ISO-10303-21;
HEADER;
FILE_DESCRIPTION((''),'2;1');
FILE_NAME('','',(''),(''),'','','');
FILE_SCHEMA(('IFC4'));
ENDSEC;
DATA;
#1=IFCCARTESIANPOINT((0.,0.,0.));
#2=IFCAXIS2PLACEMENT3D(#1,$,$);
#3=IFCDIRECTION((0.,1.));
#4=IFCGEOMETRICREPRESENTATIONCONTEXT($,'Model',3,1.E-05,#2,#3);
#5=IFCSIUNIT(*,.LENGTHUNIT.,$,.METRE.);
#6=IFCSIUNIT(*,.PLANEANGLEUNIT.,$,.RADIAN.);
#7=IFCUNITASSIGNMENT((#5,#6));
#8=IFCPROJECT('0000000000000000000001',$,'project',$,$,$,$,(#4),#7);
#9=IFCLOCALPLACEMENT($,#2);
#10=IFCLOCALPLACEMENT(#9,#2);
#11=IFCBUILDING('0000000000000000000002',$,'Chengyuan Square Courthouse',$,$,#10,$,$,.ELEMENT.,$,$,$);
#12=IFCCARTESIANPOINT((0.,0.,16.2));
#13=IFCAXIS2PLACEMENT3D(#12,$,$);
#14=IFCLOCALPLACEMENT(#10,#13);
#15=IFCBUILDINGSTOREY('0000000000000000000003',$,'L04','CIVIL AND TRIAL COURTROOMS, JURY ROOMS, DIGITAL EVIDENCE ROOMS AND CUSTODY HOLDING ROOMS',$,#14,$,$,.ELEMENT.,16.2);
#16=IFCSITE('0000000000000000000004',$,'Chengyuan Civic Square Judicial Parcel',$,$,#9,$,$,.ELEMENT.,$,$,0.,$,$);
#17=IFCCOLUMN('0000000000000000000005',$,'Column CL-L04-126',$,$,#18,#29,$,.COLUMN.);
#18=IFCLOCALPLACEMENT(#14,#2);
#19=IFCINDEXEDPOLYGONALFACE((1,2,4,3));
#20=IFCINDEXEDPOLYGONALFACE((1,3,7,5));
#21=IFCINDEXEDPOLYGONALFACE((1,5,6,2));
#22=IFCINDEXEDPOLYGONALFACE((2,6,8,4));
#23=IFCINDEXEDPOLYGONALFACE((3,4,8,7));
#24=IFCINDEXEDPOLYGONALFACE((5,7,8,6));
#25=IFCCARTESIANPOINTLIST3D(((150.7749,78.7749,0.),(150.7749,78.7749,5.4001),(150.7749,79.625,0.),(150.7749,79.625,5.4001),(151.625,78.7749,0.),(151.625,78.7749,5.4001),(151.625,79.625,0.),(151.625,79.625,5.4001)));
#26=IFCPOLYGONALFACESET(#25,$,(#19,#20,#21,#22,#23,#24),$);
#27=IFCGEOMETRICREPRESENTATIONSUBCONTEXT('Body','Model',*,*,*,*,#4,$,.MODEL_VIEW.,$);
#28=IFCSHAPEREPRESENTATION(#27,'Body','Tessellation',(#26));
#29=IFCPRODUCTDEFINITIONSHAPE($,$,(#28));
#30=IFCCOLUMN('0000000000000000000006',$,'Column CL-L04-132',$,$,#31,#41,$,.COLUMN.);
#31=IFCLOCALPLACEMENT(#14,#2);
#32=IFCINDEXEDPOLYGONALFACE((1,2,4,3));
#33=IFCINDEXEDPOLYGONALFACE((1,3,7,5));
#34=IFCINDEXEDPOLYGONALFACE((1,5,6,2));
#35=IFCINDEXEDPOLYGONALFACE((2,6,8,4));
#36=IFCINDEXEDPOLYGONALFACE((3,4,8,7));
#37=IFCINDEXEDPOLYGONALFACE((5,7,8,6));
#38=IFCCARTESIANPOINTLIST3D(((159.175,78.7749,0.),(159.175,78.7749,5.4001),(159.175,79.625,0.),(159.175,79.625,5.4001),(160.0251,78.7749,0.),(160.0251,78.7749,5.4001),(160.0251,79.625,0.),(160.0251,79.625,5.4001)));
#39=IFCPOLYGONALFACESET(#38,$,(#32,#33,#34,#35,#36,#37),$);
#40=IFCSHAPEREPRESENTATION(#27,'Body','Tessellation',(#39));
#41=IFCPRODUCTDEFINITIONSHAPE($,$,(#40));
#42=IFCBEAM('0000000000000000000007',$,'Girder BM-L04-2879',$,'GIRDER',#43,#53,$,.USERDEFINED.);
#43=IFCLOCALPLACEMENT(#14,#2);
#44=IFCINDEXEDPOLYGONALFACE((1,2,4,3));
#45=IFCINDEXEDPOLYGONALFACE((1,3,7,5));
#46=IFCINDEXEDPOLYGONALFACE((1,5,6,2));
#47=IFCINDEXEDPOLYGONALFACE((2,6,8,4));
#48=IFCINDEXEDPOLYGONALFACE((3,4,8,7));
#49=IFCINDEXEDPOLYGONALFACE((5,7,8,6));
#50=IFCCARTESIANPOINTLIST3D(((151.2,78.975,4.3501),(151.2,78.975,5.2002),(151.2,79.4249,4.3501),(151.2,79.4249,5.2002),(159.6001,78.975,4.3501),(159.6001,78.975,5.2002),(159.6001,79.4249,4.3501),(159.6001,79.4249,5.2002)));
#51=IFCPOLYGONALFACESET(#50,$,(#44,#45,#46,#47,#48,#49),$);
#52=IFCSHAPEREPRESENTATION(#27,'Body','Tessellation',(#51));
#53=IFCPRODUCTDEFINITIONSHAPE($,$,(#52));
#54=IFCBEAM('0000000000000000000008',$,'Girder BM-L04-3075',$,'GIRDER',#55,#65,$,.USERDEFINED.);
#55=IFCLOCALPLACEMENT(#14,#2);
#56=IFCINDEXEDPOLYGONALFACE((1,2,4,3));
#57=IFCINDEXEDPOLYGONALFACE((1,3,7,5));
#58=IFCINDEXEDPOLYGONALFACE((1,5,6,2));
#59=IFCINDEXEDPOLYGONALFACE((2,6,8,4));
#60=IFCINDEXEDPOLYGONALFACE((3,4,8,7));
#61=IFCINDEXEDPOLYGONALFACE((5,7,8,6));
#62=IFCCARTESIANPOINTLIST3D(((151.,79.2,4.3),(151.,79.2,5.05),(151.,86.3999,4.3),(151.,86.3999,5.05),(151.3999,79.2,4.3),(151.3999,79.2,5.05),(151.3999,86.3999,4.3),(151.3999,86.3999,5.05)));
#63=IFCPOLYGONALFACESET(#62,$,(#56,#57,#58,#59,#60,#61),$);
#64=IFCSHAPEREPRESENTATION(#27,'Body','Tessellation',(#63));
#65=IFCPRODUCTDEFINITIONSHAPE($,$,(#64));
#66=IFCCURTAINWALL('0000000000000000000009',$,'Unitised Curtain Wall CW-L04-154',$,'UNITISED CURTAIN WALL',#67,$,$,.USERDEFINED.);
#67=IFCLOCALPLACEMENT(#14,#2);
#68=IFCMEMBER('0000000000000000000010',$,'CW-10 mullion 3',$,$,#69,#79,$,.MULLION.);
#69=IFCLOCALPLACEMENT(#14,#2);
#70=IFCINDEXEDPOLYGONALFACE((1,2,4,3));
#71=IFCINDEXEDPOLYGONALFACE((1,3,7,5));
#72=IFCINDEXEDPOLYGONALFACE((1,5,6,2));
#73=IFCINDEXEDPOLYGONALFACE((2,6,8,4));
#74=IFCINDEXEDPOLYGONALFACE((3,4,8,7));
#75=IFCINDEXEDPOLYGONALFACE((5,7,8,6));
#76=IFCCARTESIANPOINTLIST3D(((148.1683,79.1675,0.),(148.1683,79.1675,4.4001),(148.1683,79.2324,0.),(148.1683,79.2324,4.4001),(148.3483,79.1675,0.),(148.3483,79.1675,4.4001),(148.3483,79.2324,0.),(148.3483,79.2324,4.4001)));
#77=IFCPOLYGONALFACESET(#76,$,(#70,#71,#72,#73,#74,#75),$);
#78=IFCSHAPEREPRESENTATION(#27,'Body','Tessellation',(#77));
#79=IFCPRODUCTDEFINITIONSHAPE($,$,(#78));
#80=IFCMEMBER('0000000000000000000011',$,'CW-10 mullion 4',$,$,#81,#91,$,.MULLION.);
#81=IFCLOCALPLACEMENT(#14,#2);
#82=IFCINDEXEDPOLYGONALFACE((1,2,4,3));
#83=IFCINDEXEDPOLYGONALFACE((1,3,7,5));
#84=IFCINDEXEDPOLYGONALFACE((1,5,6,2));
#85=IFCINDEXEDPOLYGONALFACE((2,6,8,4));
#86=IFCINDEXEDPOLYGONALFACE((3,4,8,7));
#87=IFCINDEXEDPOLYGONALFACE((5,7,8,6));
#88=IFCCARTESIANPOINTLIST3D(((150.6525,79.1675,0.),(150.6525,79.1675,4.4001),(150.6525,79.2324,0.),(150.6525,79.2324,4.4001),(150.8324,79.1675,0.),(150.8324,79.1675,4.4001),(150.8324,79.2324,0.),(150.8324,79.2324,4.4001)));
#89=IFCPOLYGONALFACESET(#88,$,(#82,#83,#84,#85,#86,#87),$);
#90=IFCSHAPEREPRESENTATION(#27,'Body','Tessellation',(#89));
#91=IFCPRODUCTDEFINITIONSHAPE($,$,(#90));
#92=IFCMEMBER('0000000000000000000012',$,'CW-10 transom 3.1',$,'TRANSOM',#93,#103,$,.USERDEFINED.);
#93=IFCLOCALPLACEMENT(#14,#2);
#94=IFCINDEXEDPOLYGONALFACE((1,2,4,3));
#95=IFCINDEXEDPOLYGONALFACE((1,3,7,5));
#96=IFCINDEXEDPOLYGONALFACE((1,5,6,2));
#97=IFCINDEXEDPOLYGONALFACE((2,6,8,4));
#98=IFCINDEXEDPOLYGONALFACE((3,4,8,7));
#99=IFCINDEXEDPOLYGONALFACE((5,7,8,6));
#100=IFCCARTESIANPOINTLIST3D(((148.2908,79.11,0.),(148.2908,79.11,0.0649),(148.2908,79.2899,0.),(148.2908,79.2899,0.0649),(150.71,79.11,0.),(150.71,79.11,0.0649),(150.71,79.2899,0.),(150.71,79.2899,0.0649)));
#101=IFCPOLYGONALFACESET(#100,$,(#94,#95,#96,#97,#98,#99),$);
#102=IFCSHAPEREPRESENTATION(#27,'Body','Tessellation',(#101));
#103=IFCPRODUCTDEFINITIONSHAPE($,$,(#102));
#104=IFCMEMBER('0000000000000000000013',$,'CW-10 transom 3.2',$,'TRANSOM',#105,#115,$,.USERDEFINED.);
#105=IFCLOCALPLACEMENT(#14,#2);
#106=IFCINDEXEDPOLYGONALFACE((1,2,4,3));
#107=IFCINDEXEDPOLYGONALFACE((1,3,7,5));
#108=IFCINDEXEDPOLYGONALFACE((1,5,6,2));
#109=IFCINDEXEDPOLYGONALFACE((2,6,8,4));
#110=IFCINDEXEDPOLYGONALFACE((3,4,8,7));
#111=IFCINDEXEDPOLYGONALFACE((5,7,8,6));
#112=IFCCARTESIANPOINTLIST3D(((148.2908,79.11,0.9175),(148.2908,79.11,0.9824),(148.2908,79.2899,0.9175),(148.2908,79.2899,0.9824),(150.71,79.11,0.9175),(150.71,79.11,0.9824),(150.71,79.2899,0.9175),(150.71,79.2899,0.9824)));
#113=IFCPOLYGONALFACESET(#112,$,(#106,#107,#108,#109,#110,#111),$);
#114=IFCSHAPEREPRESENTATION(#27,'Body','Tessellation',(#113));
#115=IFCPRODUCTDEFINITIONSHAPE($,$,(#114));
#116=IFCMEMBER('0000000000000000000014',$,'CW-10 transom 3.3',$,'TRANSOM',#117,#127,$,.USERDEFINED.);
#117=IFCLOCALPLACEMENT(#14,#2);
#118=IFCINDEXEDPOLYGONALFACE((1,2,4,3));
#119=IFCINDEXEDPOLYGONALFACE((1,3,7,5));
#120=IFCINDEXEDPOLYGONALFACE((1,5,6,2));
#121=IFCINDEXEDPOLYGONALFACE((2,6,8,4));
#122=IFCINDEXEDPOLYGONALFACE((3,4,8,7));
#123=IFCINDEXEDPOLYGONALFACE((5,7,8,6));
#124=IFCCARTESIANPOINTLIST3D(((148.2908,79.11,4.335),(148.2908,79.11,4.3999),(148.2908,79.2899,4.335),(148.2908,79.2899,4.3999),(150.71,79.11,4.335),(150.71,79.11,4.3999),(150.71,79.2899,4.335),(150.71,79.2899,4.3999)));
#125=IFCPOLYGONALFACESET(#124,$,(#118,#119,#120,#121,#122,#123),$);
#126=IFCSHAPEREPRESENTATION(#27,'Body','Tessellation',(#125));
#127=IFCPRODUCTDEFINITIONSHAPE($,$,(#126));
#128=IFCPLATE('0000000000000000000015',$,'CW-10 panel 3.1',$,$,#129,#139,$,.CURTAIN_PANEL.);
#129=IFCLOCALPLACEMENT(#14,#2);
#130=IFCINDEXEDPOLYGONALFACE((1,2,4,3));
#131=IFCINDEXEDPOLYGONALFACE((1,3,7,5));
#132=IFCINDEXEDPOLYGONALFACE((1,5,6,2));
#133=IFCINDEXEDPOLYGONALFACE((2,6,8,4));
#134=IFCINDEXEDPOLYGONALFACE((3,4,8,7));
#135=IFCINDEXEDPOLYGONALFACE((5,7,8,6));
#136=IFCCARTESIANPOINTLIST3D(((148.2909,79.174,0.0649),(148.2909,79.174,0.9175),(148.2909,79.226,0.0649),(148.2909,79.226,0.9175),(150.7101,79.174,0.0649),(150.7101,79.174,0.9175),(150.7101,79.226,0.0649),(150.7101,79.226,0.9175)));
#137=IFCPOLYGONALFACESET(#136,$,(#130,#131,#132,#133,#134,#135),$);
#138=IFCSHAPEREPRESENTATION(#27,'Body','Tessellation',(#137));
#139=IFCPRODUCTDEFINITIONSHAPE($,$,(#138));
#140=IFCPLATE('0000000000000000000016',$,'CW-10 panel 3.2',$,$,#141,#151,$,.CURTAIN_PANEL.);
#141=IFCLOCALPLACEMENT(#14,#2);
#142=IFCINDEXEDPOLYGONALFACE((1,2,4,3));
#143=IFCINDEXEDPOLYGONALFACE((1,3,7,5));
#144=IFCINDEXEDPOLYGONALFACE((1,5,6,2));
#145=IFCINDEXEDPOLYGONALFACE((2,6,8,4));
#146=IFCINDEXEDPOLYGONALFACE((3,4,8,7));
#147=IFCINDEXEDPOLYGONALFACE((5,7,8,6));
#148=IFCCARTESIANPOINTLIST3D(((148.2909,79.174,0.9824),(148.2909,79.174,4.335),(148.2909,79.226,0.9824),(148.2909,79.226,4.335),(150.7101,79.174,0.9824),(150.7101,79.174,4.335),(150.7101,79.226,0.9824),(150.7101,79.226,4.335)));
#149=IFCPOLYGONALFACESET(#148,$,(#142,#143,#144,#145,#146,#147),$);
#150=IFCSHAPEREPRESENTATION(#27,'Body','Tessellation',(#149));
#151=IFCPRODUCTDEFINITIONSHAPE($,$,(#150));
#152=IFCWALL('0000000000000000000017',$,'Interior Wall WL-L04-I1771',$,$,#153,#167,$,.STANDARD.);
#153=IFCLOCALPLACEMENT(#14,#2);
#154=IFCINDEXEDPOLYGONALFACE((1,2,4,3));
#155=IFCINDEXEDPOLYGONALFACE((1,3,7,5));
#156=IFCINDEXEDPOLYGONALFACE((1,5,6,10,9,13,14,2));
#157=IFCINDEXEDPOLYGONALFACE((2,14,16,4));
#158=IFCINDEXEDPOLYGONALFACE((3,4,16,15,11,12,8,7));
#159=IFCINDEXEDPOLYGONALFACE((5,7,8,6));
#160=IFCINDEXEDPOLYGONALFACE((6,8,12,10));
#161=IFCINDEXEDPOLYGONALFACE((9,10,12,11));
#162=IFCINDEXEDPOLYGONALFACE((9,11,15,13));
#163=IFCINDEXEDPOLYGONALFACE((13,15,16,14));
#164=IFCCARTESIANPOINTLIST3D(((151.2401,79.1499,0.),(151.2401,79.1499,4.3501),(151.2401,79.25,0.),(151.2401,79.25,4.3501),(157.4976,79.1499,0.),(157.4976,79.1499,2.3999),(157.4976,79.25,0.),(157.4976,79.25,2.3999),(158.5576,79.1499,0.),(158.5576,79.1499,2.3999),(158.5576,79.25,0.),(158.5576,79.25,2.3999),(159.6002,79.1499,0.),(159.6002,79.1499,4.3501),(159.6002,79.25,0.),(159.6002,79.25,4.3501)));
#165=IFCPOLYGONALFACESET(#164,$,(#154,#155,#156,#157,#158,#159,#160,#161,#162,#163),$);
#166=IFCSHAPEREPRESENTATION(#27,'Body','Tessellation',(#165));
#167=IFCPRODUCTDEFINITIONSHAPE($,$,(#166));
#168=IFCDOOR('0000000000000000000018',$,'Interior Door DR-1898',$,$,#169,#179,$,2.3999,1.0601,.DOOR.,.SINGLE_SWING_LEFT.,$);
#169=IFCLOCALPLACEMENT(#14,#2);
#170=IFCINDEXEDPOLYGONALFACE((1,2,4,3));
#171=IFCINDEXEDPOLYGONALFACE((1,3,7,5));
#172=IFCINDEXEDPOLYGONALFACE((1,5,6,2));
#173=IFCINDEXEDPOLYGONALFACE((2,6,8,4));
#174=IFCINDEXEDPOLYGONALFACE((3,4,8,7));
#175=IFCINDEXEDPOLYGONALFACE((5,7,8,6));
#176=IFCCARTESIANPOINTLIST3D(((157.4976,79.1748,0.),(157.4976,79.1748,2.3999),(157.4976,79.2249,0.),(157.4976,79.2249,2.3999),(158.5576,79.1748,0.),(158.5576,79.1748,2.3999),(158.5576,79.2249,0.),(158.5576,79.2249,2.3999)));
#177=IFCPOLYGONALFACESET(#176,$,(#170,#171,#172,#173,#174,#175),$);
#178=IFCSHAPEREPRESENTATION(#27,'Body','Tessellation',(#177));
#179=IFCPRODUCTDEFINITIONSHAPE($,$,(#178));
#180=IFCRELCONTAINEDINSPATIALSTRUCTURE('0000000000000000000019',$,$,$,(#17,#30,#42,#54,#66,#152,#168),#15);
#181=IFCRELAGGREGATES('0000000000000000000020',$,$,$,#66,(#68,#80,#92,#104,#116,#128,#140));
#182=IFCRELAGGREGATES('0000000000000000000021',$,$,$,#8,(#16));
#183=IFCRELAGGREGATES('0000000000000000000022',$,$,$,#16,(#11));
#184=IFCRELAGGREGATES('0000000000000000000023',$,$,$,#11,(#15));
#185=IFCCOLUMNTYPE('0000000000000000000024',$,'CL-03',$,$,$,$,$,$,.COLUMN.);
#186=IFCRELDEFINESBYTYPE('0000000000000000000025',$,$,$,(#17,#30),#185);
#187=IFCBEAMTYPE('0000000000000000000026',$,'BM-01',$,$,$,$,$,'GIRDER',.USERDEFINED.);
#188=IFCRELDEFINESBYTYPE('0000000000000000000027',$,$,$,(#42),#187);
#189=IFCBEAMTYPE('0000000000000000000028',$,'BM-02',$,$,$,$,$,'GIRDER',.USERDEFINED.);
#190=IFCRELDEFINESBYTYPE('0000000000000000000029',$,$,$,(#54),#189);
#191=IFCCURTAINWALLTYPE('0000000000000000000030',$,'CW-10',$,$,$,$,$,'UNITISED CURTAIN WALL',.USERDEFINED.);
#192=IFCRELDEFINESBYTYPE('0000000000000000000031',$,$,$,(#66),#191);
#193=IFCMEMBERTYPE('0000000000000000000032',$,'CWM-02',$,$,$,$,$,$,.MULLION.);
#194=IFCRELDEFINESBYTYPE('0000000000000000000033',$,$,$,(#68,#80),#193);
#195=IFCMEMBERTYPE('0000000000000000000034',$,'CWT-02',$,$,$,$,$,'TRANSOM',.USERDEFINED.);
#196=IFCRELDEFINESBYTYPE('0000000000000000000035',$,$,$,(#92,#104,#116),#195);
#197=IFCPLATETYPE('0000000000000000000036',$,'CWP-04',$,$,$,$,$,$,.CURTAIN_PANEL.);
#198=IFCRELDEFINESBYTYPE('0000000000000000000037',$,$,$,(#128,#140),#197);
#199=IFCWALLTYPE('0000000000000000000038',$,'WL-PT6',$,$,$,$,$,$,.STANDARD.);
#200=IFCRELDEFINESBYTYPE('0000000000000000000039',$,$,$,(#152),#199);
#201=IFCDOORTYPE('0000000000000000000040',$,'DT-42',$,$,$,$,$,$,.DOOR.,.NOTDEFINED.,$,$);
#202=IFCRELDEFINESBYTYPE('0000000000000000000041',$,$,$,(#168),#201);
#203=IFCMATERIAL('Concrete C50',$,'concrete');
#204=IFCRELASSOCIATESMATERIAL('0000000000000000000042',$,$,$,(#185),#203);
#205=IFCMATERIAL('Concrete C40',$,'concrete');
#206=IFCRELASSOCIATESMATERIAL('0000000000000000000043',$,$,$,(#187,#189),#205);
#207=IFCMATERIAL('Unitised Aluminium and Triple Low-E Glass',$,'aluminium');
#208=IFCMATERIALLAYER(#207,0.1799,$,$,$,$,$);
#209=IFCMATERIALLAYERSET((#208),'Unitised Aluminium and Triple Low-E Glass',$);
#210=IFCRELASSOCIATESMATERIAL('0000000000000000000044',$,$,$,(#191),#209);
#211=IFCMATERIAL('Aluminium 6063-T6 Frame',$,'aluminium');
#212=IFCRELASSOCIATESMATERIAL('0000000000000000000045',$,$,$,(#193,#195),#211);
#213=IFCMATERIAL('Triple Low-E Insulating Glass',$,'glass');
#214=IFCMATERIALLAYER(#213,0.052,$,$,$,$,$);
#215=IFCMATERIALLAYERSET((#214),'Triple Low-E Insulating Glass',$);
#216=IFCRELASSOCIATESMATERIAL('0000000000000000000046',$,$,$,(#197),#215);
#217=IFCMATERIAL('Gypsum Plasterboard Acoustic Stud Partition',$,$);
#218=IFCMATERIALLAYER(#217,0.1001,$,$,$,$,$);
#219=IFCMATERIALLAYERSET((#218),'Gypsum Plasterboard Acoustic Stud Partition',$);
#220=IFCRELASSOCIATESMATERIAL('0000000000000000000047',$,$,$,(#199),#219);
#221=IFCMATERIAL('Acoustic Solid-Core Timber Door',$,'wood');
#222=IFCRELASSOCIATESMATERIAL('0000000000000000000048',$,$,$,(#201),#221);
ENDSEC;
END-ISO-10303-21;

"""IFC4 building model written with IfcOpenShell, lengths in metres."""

from ifc_helpers import new_model, si_unit, direction, frame, frame_2d, origin, origin_2d, place, context, subcontext, project, spatial, rectangle, extrude, material, layer, layer_set, material_profile, profile_set, type_object, element, fill, aggregate, save


model = new_model("IFC4")

# Units and contexts
model_context = context("Model", 3, precision=1e-05, world=origin(), true_north=direction((0.0, 1.0)))
body_context = subcontext(model_context, "Body", "Model", "MODEL_VIEW")
ifc_project = project(units=[si_unit("LENGTHUNIT", "METRE"), si_unit("PLANEANGLEUNIT", "RADIAN")], contexts=[model_context])

# Site, building, storey
site_placement = place(None, origin())
site = spatial("IfcSite", under=ifc_project, at=site_placement, Name="Chengyuan Civic Square Judicial Parcel", CompositionType="ELEMENT", RefElevation=0.0)
building_placement = place(site_placement, origin())
building = spatial("IfcBuilding", under=site, at=building_placement, Name="Chengyuan Square Courthouse", CompositionType="ELEMENT")
storey_placement = place(building_placement, frame((0.0, 0.0, 16.2)))
storey = spatial("IfcBuildingStorey", under=building, at=storey_placement, Name="L04", Description="CIVIL AND TRIAL COURTROOMS, JURY ROOMS, DIGITAL EVIDENCE ROOMS AND CUSTODY HOLDING ROOMS", CompositionType="ELEMENT", Elevation=16.2)

# Columns
ifc_material_1 = material(Name="Concrete C50", Category="concrete")
ifc_material_profile_1 = material_profile(ifc_material_1, rectangle(XDim=0.8501, YDim=0.8501, at=origin_2d()), Name="RC-COL-850x850")
ifc_profile_set_1 = profile_set([ifc_material_profile_1], Name="Concrete C50")
column_type = type_object("IfcColumnType", Name="CL-03", PredefinedType="COLUMN", material=ifc_profile_set_1)
for number, where, z_axis, x_axis, name in (
    (1, (151.2, 79.2, 0.0), (0.0, 0.0, 1.0), (1.0, 0.0, 0.0), "Column CL-L04-126"),
    (2, (159.6001, 79.2, 0.0), (0.0, 0.0, 1.0), (1.0, 0.0, 0.0), "Column CL-L04-132"),
):
    element("IfcColumn", number, at=place(storey_placement, frame(where, z_axis=z_axis, x_axis=x_axis)), inside=storey, type_object=column_type, Name=name, PredefinedType="COLUMN", context=body_context, shape_type="SweptSolid", body=[
        extrude(rectangle(XDim=0.8501, YDim=0.8501, at=origin_2d()), origin(), (0.0, 0.0, 1.0), 5.4001),
    ])

# Beams
ifc_material_2 = material(Name="Concrete C40", Category="concrete")
ifc_material_profile_2 = material_profile(ifc_material_2, rectangle(XDim=0.45, YDim=0.8501, at=origin_2d()), Name="RC-BM-450x850")
ifc_profile_set_2 = profile_set([ifc_material_profile_2], Name="Concrete C40")
beam_type_1 = type_object("IfcBeamType", Name="BM-01", ElementType="GIRDER", PredefinedType="USERDEFINED", material=ifc_profile_set_2)
beam_1_placement = place(storey_placement, frame((151.2, 79.2, 4.7751), z_axis=(1.0, 0.0, 0.0), x_axis=(0.0, 1.0, 0.0)))
element("IfcBeam", 3, at=beam_1_placement, inside=storey, type_object=beam_type_1, Name="Girder BM-L04-2879", ObjectType="GIRDER", PredefinedType="USERDEFINED", context=body_context, shape_type="SweptSolid", body=[
    extrude(rectangle(XDim=0.45, YDim=0.8501, at=origin_2d()), origin(), (0.0, 0.0, 1.0), 8.4001),
])
ifc_material_profile_3 = material_profile(ifc_material_2, rectangle(XDim=0.3999, YDim=0.75, at=origin_2d()), Name="RC-BM-400x750")
ifc_profile_set_3 = profile_set([ifc_material_profile_3], Name="Concrete C40")
beam_type_2 = type_object("IfcBeamType", Name="BM-02", ElementType="GIRDER", PredefinedType="USERDEFINED", material=ifc_profile_set_3)
beam_2_placement = place(storey_placement, frame((151.2, 79.2, 4.675), z_axis=(0.0, 1.0, 0.0), x_axis=(-1.0, 0.0, 0.0)))
element("IfcBeam", 4, at=beam_2_placement, inside=storey, type_object=beam_type_2, Name="Girder BM-L04-3075", ObjectType="GIRDER", PredefinedType="USERDEFINED", context=body_context, shape_type="SweptSolid", body=[
    extrude(rectangle(XDim=0.3999, YDim=0.75, at=origin_2d()), origin(), (0.0, 0.0, 1.0), 7.2),
])

# Curtain wall, members, plates
ifc_material_3 = material(Name="Unitised Aluminium and Triple Low-E Glass", Category="aluminium")
ifc_layer_1 = layer(ifc_material_3, 0.1799)
ifc_layer_set_1 = layer_set([ifc_layer_1], Name="Unitised Aluminium and Triple Low-E Glass")
curtain_wall_type = type_object("IfcCurtainWallType", Name="CW-10", ElementType="UNITISED CURTAIN WALL", PredefinedType="USERDEFINED", material=ifc_layer_set_1)
curtain_wall_placement = place(storey_placement, origin())
curtain_wall = element("IfcCurtainWall", 5, at=curtain_wall_placement, inside=storey, type_object=curtain_wall_type, Name="Unitised Curtain Wall CW-L04-154", ObjectType="UNITISED CURTAIN WALL", PredefinedType="USERDEFINED")
ifc_material_4 = material(Name="Aluminium 6063-T6 Frame", Category="aluminium")
ifc_material_profile_4 = material_profile(ifc_material_4, rectangle(XDim=0.0649, YDim=0.1799, at=origin_2d()), Name="CW-MUL-65x180")
ifc_profile_set_4 = profile_set([ifc_material_profile_4], Name="Aluminium 6063-T6 Frame")
member_type_1 = type_object("IfcMemberType", Name="CWM-02", PredefinedType="MULLION", material=ifc_profile_set_4)
member_1_placement = place(storey_placement, frame((148.2583, 79.2, 0.0), z_axis=(0.0, 0.0, 1.0), x_axis=(0.0, 1.0, 0.0)))
member_1 = element("IfcMember", 6, at=member_1_placement, type_object=member_type_1, Name="CW-10 mullion 3", PredefinedType="MULLION", context=body_context, shape_type="SweptSolid", body=[
    extrude(rectangle(XDim=0.0649, YDim=0.1799, at=origin_2d()), origin(), (0.0, 0.0, 1.0), 4.4001),
])
member_2_placement = place(storey_placement, frame((150.7424, 79.2, 0.0), z_axis=(0.0, 0.0, 1.0), x_axis=(0.0, 1.0, 0.0)))
member_2 = element("IfcMember", 7, at=member_2_placement, type_object=member_type_1, Name="CW-10 mullion 4", PredefinedType="MULLION", context=body_context, shape_type="SweptSolid", body=[
    extrude(rectangle(XDim=0.0649, YDim=0.1799, at=origin_2d()), origin(), (0.0, 0.0, 1.0), 4.4001),
])
ifc_material_profile_5 = material_profile(ifc_material_4, rectangle(XDim=0.1799, YDim=0.0649, at=origin_2d()), Name="CW-TRN-65x140")
ifc_profile_set_5 = profile_set([ifc_material_profile_5], Name="Aluminium 6063-T6 Frame")
member_type_2 = type_object("IfcMemberType", Name="CWT-02", ElementType="TRANSOM", PredefinedType="USERDEFINED", material=ifc_profile_set_5)
member_3_placement = place(storey_placement, frame((148.2908, 79.2, 0.0325), z_axis=(1.0, 0.0, 0.0), x_axis=(0.0, 1.0, 0.0)))
member_3 = element("IfcMember", 8, at=member_3_placement, type_object=member_type_2, Name="CW-10 transom 3.1", ObjectType="TRANSOM", PredefinedType="USERDEFINED", context=body_context, shape_type="SweptSolid", body=[
    extrude(rectangle(XDim=0.1799, YDim=0.0649, at=origin_2d()), origin(), (0.0, 0.0, 1.0), 2.4192),
])
member_4_placement = place(storey_placement, frame((148.2908, 79.2, 0.95), z_axis=(1.0, 0.0, 0.0), x_axis=(0.0, 1.0, 0.0)))
member_4 = element("IfcMember", 9, at=member_4_placement, type_object=member_type_2, Name="CW-10 transom 3.2", ObjectType="TRANSOM", PredefinedType="USERDEFINED", context=body_context, shape_type="SweptSolid", body=[
    extrude(rectangle(XDim=0.1799, YDim=0.0649, at=origin_2d()), origin(), (0.0, 0.0, 1.0), 2.4192),
])
member_5_placement = place(storey_placement, frame((148.2908, 79.2, 4.3674), z_axis=(1.0, 0.0, 0.0), x_axis=(0.0, 1.0, 0.0)))
member_5 = element("IfcMember", 10, at=member_5_placement, type_object=member_type_2, Name="CW-10 transom 3.3", ObjectType="TRANSOM", PredefinedType="USERDEFINED", context=body_context, shape_type="SweptSolid", body=[
    extrude(rectangle(XDim=0.1799, YDim=0.0649, at=origin_2d()), origin(), (0.0, 0.0, 1.0), 2.4192),
])
ifc_material_5 = material(Name="Triple Low-E Insulating Glass", Category="glass")
ifc_layer_2 = layer(ifc_material_5, 0.052)
ifc_layer_set_2 = layer_set([ifc_layer_2], Name="Triple Low-E Insulating Glass")
plate_type = type_object("IfcPlateType", Name="CWP-04", PredefinedType="CURTAIN_PANEL", material=ifc_layer_set_2)
plate_1_placement = place(storey_placement, frame((149.5005, 79.2, 0.0649), z_axis=(0.0, 0.0, 1.0), x_axis=(1.0, 0.0, 0.0)))
plate_1 = element("IfcPlate", 11, at=plate_1_placement, type_object=plate_type, Name="CW-10 panel 3.1", PredefinedType="CURTAIN_PANEL", context=body_context, shape_type="SweptSolid", body=[
    extrude(rectangle(XDim=2.4192, YDim=0.052, at=origin_2d()), origin(), (0.0, 0.0, 1.0), 0.8525),
])
plate_2_placement = place(storey_placement, frame((149.5005, 79.2, 0.9824), z_axis=(0.0, 0.0, 1.0), x_axis=(1.0, 0.0, 0.0)))
plate_2 = element("IfcPlate", 12, at=plate_2_placement, type_object=plate_type, Name="CW-10 panel 3.2", PredefinedType="CURTAIN_PANEL", context=body_context, shape_type="SweptSolid", body=[
    extrude(rectangle(XDim=2.4192, YDim=0.052, at=origin_2d()), origin(), (0.0, 0.0, 1.0), 3.3525),
])
aggregate(curtain_wall, [member_1, member_2, member_3, member_4, member_5, plate_1, plate_2])

# Wall, opening, door
ifc_material_6 = material(Name="Gypsum Plasterboard Acoustic Stud Partition")
ifc_layer_3 = layer(ifc_material_6, 0.1001)
ifc_layer_set_3 = layer_set([ifc_layer_3], Name="Gypsum Plasterboard Acoustic Stud Partition")
wall_type = type_object("IfcWallType", Name="WL-PT6", PredefinedType="STANDARD", material=ifc_layer_set_3)
wall_1_placement = place(storey_placement, frame((151.24, 79.2, 0.0), z_axis=(0.0, 0.0, 1.0), x_axis=(1.0, 0.0, 0.0)))
wall_1 = element("IfcWall", 13, at=wall_1_placement, inside=storey, type_object=wall_type, Name="Interior Wall WL-L04-I1771", PredefinedType="STANDARD", context=body_context, shape_type="SweptSolid", body=[
    extrude(rectangle(XDim=8.3601, YDim=0.1001, at=frame_2d((4.1802, 0.0))), origin(), (0.0, 0.0, 1.0), 4.3501),
])
opening_placement = place(wall_1_placement, frame((6.2576, 0.0, 0.0)))
opening = element("IfcOpeningElement", 14, at=opening_placement, cuts=wall_1, PredefinedType="OPENING", context=body_context, shape_type="SweptSolid", body=[
    extrude(rectangle(XDim=1.0601, YDim=2.3999, at=frame_2d((0.53, 1.2))), frame((0.0, 0.062, 0.0), z_axis=(0.0, -1.0, 0.0), x_axis=(1.0, 0.0, 0.0)), (0.0, 0.0, 1.0), 0.124),
])
ifc_material_7 = material(Name="Acoustic Solid-Core Timber Door", Category="wood")
door_type = type_object("IfcDoorType", Name="DT-42", OperationType="NOTDEFINED", PredefinedType="DOOR", material=ifc_material_7)
door_placement = place(opening_placement, origin())
door = element("IfcDoor", 15, at=door_placement, inside=storey, type_object=door_type, Name="Interior Door DR-1898", OperationType="SINGLE_SWING_LEFT", OverallHeight=2.3999, OverallWidth=1.0601, PredefinedType="DOOR", context=body_context, shape_type="SweptSolid", body=[
    extrude(rectangle(XDim=1.0601, YDim=2.3999, at=frame_2d((0.53, 1.2))), frame((0.0, 0.0249, 0.0), z_axis=(0.0, -1.0, 0.0), x_axis=(1.0, 0.0, 0.0)), (0.0, 0.0, 1.0), 0.05),
])
fill(opening, door)

save(model, "model.ifc")
